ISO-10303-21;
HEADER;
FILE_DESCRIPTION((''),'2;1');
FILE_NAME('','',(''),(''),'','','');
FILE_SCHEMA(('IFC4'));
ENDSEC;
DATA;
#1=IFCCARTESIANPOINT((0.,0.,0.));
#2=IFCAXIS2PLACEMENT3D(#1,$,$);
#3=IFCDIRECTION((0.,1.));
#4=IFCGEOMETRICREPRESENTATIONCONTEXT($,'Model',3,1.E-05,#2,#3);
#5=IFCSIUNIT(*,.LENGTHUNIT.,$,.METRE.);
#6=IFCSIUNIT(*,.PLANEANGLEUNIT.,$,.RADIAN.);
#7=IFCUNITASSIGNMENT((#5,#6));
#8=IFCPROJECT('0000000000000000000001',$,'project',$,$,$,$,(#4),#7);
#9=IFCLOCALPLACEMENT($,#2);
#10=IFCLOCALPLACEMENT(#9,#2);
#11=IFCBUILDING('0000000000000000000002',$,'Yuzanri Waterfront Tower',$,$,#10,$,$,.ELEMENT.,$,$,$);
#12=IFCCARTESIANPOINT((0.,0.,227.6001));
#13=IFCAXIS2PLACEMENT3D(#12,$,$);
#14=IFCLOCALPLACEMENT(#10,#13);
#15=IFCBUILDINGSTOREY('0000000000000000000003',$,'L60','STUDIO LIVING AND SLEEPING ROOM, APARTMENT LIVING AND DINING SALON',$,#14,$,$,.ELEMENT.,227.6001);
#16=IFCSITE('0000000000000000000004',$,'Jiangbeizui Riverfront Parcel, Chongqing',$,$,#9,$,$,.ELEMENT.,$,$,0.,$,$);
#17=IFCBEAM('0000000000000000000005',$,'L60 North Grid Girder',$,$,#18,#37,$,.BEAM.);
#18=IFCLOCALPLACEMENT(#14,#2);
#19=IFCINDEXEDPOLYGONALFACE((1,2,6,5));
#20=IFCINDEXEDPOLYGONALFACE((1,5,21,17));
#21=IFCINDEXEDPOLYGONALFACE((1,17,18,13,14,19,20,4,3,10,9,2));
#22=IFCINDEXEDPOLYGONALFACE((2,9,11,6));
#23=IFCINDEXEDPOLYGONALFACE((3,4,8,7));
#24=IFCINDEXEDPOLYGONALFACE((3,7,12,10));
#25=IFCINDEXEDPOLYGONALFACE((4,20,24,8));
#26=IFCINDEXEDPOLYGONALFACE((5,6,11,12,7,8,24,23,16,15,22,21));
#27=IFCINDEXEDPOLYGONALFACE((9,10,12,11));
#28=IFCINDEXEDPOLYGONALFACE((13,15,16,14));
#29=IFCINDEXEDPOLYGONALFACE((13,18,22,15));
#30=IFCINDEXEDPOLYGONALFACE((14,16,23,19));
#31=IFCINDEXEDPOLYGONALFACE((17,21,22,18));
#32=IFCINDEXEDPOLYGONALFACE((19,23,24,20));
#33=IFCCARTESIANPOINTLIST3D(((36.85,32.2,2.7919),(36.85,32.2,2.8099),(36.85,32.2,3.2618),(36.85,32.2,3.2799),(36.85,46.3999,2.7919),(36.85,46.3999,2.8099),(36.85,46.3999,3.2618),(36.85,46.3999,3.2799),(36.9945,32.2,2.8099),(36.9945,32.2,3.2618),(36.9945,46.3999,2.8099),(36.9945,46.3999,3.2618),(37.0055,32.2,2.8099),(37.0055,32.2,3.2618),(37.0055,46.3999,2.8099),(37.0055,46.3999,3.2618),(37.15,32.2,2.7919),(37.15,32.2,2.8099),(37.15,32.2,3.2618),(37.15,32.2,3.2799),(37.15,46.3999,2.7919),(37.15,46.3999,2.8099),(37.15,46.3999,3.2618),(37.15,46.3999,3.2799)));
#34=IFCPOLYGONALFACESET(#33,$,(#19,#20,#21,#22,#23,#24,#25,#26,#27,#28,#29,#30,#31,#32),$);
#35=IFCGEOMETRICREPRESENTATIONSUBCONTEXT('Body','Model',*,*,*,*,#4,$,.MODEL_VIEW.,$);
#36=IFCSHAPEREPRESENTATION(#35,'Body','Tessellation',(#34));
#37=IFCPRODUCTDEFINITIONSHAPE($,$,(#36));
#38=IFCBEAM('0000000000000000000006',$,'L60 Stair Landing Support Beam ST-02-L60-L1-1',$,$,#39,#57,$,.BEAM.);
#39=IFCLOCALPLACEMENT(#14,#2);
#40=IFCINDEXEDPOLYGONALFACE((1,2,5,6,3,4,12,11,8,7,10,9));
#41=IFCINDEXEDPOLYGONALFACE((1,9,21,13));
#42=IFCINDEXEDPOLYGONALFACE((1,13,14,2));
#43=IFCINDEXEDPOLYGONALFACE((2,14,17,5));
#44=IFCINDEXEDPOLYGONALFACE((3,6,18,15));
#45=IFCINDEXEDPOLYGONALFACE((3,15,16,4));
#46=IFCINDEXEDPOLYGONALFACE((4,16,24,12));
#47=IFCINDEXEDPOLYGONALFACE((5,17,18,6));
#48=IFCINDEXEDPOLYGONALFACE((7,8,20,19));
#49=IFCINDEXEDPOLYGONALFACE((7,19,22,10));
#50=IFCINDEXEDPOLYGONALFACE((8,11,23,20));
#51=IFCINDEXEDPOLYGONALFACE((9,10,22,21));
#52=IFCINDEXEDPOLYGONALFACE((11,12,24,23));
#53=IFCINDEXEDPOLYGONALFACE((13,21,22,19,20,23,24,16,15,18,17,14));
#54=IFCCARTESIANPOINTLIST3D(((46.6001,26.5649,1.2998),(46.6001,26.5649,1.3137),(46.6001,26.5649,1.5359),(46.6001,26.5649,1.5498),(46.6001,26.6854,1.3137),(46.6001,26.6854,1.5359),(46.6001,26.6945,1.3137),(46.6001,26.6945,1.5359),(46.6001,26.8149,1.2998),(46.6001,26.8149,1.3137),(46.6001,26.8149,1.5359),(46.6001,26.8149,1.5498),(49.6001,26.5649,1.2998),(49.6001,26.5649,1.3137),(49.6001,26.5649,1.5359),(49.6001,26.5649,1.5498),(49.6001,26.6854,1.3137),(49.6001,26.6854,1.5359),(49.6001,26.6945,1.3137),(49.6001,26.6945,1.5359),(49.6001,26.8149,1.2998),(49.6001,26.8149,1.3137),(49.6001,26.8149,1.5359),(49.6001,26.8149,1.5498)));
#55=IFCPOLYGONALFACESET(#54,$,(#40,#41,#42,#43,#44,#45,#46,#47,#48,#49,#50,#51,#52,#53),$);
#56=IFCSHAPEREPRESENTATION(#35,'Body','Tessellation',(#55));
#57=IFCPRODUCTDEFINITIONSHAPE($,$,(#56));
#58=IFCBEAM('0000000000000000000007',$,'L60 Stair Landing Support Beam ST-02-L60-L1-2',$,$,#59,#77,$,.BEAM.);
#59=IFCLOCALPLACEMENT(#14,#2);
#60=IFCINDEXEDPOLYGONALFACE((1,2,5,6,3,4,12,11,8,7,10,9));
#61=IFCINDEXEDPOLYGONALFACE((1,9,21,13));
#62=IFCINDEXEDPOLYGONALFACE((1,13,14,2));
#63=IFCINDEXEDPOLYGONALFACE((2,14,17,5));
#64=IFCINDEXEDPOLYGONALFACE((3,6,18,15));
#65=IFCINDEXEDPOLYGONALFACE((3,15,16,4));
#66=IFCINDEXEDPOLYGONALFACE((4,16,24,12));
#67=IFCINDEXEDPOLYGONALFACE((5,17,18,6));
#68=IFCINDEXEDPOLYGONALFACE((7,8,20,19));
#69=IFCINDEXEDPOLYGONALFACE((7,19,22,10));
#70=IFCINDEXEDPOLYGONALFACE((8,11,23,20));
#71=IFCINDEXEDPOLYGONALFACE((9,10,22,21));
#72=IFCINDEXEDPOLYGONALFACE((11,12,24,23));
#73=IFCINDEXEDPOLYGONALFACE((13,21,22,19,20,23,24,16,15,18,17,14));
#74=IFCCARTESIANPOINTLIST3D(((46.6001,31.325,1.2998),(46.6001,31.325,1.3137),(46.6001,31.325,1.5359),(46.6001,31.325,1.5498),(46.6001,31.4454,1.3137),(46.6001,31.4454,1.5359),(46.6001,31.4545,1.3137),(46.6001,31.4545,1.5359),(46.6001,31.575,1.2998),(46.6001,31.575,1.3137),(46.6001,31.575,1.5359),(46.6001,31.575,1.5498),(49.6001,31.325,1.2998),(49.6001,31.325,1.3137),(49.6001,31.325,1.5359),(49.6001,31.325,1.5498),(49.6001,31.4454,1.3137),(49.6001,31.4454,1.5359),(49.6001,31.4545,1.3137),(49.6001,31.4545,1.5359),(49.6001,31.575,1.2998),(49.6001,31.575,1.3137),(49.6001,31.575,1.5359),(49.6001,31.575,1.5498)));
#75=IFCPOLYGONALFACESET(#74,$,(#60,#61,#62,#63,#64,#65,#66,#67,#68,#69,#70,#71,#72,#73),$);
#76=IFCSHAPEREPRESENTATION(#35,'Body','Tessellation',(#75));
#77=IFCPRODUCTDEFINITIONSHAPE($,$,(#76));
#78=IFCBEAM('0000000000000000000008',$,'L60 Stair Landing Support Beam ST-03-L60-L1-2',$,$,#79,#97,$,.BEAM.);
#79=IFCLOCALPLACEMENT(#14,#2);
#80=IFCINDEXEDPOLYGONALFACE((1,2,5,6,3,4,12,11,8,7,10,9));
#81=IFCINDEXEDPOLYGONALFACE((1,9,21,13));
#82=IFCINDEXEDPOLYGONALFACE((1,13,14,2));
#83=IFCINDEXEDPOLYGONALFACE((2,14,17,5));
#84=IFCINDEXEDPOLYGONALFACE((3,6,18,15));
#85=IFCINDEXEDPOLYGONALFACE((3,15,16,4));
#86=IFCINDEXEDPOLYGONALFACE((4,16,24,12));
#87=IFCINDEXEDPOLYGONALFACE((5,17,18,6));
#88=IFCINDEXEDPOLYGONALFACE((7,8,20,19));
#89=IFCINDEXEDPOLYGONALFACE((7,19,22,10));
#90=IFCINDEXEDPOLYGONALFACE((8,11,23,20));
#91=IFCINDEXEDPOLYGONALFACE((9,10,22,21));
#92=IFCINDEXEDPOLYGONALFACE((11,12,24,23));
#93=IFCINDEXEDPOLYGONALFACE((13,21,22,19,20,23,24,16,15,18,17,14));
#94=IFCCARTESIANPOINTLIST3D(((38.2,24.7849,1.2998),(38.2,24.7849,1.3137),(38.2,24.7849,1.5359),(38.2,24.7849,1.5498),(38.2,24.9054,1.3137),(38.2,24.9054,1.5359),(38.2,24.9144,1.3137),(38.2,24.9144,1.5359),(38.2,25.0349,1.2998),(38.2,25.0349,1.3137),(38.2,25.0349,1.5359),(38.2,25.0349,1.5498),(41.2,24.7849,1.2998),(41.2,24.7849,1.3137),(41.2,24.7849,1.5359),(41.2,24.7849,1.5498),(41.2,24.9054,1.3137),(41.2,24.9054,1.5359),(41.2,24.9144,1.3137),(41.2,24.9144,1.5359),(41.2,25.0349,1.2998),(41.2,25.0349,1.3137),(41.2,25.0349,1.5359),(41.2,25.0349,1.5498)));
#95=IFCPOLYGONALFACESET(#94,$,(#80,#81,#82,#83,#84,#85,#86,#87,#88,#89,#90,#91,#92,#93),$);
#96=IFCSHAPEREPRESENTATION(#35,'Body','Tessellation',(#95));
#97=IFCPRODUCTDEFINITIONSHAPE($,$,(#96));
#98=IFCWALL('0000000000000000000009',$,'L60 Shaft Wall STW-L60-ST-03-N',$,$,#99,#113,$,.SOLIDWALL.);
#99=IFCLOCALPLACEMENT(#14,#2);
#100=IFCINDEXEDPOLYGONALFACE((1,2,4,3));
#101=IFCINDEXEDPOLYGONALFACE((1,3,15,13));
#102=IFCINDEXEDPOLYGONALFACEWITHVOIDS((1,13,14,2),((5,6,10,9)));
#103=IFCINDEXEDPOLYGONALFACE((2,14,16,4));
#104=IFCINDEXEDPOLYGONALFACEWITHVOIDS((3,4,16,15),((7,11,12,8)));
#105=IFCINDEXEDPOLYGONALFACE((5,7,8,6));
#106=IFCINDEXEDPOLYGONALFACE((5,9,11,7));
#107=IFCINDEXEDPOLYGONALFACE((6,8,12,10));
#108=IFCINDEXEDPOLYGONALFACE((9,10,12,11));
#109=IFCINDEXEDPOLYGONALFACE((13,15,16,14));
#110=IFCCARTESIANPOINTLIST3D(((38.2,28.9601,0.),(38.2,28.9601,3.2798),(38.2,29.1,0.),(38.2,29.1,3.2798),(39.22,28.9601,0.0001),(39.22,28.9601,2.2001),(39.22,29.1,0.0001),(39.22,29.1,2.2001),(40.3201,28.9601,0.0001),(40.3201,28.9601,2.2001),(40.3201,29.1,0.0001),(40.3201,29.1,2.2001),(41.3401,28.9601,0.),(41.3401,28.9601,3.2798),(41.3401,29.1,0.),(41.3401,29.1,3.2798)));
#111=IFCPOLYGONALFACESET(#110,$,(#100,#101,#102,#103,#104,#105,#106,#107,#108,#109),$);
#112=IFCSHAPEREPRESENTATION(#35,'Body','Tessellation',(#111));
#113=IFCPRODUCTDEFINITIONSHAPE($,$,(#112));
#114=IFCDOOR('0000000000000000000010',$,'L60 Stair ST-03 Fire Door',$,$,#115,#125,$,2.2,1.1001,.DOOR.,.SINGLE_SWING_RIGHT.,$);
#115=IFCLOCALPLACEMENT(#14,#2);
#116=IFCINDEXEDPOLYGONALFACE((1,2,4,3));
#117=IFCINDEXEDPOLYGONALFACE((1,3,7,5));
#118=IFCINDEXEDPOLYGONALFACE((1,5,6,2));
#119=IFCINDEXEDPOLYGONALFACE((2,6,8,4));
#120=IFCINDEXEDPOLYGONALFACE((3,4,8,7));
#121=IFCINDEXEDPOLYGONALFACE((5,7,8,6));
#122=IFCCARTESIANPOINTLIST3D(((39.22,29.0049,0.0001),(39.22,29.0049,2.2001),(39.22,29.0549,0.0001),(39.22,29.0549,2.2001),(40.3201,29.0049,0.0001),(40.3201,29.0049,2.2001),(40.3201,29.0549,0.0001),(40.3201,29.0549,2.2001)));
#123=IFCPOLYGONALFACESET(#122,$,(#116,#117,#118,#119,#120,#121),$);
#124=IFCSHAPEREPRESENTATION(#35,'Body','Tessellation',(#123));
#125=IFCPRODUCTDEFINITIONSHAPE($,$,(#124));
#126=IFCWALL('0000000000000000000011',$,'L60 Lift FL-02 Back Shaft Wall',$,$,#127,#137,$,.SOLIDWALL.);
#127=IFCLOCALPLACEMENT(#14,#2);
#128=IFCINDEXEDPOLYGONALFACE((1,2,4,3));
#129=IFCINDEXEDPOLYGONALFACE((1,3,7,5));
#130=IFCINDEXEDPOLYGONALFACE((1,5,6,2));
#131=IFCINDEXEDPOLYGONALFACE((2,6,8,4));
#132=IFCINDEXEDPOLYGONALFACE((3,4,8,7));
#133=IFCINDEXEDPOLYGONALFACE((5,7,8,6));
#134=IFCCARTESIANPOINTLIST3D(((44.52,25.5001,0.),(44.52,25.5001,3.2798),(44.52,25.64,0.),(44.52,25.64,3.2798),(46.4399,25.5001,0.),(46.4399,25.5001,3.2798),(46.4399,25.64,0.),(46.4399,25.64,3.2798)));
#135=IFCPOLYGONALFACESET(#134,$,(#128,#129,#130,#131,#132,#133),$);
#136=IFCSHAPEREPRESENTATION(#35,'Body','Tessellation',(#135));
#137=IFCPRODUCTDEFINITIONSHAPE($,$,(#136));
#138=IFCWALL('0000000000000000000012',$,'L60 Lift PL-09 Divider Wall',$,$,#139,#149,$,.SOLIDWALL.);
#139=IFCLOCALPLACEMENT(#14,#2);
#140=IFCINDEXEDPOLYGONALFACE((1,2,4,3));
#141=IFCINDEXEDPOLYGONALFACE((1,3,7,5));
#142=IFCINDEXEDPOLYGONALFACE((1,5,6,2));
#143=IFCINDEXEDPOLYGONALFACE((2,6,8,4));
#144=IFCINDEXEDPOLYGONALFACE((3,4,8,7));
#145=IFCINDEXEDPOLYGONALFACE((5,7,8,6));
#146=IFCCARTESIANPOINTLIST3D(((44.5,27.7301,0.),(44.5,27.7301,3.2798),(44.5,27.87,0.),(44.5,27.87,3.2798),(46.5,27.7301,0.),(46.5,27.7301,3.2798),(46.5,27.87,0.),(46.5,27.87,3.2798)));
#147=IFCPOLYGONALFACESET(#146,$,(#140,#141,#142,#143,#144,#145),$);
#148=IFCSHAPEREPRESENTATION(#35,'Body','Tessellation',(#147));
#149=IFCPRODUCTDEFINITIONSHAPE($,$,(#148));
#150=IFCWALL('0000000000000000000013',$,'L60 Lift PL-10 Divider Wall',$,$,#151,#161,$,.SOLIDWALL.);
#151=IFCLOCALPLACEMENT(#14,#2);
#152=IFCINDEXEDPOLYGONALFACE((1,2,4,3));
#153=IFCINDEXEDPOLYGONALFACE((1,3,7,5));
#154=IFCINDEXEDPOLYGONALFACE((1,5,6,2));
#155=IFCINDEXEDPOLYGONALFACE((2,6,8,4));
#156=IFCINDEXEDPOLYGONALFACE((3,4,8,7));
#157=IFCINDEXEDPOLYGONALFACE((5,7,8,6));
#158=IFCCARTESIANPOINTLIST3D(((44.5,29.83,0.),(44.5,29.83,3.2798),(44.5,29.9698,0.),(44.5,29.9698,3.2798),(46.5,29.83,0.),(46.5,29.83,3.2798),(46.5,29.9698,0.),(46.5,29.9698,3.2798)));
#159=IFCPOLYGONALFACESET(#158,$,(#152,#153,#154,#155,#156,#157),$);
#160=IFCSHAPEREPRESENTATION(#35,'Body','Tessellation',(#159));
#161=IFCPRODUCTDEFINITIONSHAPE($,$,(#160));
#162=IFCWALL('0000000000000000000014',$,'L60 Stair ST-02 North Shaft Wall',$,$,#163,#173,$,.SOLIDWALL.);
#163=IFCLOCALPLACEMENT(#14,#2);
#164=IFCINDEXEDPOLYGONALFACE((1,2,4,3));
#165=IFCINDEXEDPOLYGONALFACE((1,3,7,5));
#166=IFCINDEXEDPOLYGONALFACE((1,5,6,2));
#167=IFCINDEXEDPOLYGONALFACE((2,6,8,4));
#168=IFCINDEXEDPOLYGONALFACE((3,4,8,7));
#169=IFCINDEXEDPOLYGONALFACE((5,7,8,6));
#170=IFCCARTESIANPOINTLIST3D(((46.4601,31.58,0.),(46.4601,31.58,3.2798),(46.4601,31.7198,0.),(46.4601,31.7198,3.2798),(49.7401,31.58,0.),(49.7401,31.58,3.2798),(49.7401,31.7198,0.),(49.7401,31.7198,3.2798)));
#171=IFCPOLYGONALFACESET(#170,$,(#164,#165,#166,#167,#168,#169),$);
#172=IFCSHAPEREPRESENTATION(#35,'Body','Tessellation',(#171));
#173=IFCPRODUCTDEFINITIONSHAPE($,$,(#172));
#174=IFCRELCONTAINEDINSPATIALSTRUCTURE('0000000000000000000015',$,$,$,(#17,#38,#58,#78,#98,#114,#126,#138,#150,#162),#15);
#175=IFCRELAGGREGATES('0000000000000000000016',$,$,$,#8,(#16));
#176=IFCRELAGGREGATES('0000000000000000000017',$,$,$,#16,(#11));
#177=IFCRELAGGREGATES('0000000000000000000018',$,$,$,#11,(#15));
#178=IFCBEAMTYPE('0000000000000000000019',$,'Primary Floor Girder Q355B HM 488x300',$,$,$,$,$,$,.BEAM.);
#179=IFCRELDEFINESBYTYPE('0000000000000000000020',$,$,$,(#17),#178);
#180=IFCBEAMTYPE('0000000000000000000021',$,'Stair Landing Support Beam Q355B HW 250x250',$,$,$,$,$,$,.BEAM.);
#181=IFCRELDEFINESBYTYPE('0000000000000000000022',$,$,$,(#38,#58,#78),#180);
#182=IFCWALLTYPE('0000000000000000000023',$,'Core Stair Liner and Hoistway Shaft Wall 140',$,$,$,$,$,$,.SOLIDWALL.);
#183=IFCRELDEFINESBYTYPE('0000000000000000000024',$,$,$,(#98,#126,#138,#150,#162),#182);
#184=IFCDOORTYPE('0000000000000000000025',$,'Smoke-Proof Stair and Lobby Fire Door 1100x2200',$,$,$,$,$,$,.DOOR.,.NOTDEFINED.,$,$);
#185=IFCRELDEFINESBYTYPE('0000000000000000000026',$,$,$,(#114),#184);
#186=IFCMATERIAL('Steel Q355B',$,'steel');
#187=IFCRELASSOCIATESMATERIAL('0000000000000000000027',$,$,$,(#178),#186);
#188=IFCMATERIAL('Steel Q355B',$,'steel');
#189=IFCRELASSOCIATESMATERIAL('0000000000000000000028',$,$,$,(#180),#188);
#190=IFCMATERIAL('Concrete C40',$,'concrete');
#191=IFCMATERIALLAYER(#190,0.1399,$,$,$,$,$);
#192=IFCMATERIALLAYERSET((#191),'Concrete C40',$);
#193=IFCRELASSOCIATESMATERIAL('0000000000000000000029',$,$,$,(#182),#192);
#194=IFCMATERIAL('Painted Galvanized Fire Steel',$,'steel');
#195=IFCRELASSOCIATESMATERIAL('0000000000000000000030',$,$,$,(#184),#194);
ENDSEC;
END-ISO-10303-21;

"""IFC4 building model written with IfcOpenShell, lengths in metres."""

from ifc_helpers import new_model, si_unit, direction, frame, frame_2d, origin, origin_2d, place, context, subcontext, project, spatial, rectangle, i_section, extrude, source, transform, mapped, material, layer, layer_set, material_profile, profile_set, type_object, element, fill, save


model = new_model("IFC4")

# Units and contexts
model_context = context("Model", 3, precision=1e-05, world=origin(), true_north=direction((0.0, 1.0)))
body_context = subcontext(model_context, "Body", "Model", "MODEL_VIEW")
ifc_project = project(units=[si_unit("LENGTHUNIT", "METRE"), si_unit("PLANEANGLEUNIT", "RADIAN")], contexts=[model_context])

# Site, building, storey
site_placement = place(None, origin())
site = spatial("IfcSite", under=ifc_project, at=site_placement, Name="Jiangbeizui Riverfront Parcel, Chongqing", CompositionType="ELEMENT", RefElevation=0.0)
building_placement = place(site_placement, origin())
building = spatial("IfcBuilding", under=site, at=building_placement, Name="Yuzanri Waterfront Tower", CompositionType="ELEMENT")
storey_placement = place(building_placement, frame((0.0, 0.0, 227.6001)))
storey = spatial("IfcBuildingStorey", under=building, at=storey_placement, Name="L60", Description="STUDIO LIVING AND SLEEPING ROOM, APARTMENT LIVING AND DINING SALON", CompositionType="ELEMENT", Elevation=227.6001)

# Beams
ifc_material_1 = material(Name="Steel Q355B", Category="steel")
ifc_material_profile_1 = material_profile(ifc_material_1, i_section(OverallWidth=0.3, OverallDepth=0.488, WebThickness=0.011, FlangeThickness=0.0181, at=origin_2d()), Name="HM 488x300x11x18")
ifc_profile_set_1 = profile_set([ifc_material_profile_1], Name="Steel Q355B")
beam_type_1 = type_object("IfcBeamType", Name="Primary Floor Girder Q355B HM 488x300", PredefinedType="BEAM", material=ifc_profile_set_1)
shared_shape_1 = source(origin(), body_context, "Body", "SweptSolid", [
    extrude(i_section(OverallWidth=0.3, OverallDepth=0.488, WebThickness=0.011, FlangeThickness=0.0181, at=origin_2d()), origin(), (0.0, 0.0, 1.0), 14.2),
])
beam_placement = place(storey_placement, frame((37.0, 32.2, 3.0359), z_axis=(0.0, 1.0, 0.0), x_axis=(-1.0, 0.0, 0.0)))
element("IfcBeam", 1, at=beam_placement, inside=storey, type_object=beam_type_1, Name="L60 North Grid Girder", PredefinedType="BEAM", context=body_context, shape_type="MappedRepresentation", body=[
    mapped(shared_shape_1, transform((0.0, 0.0, 0.0), scale=1.0)),
])
ifc_material_2 = material(Name="Steel Q355B", Category="steel")
ifc_material_profile_2 = material_profile(ifc_material_2, i_section(OverallWidth=0.25, OverallDepth=0.25, WebThickness=0.009, FlangeThickness=0.0139, at=origin_2d()), Name="HW 250x250x9x14")
ifc_profile_set_2 = profile_set([ifc_material_profile_2], Name="Steel Q355B")
beam_type_2 = type_object("IfcBeamType", Name="Stair Landing Support Beam Q355B HW 250x250", PredefinedType="BEAM", material=ifc_profile_set_2)
shared_shape_2 = source(origin(), body_context, "Body", "SweptSolid", [
    extrude(i_section(OverallWidth=0.25, OverallDepth=0.25, WebThickness=0.009, FlangeThickness=0.0139, at=origin_2d()), origin(), (0.0, 0.0, 1.0), 3.0),
])
for number, where, z_axis, x_axis, name in (
    (2, (46.6001, 26.6899, 1.4248), (1.0, 0.0, 0.0), (0.0, 1.0, 0.0), "L60 Stair Landing Support Beam ST-02-L60-L1-1"),
    (3, (46.6001, 31.45, 1.4248), (1.0, 0.0, 0.0), (0.0, 1.0, 0.0), "L60 Stair Landing Support Beam ST-02-L60-L1-2"),
    (4, (38.2, 24.9099, 1.4248), (1.0, 0.0, 0.0), (0.0, 1.0, 0.0), "L60 Stair Landing Support Beam ST-03-L60-L1-2"),
):
    element("IfcBeam", number, at=place(storey_placement, frame(where, z_axis=z_axis, x_axis=x_axis)), inside=storey, type_object=beam_type_2, Name=name, PredefinedType="BEAM", context=body_context, shape_type="MappedRepresentation", body=[
        mapped(shared_shape_2, transform((0.0, 0.0, 0.0), scale=1.0)),
    ])

# Wall, opening, door
ifc_material_3 = material(Name="Concrete C40", Category="concrete")
ifc_layer_1 = layer(ifc_material_3, 0.1399)
ifc_layer_set_1 = layer_set([ifc_layer_1], Name="Concrete C40")
wall_type = type_object("IfcWallType", Name="Core Stair Liner and Hoistway Shaft Wall 140", PredefinedType="SOLIDWALL", material=ifc_layer_set_1)
wall_1_placement = place(storey_placement, frame((38.2, 29.03, 0.0), z_axis=(0.0, 0.0, 1.0), x_axis=(1.0, 0.0, 0.0)))
wall_1 = element("IfcWall", 5, at=wall_1_placement, inside=storey, type_object=wall_type, Name="L60 Shaft Wall STW-L60-ST-03-N", PredefinedType="SOLIDWALL", context=body_context, shape_type="SweptSolid", body=[
    extrude(rectangle(XDim=3.1401, YDim=0.1399, at=frame_2d((1.5701, 0.0))), origin(), (0.0, 0.0, 1.0), 3.2798),
])
opening_placement = place(wall_1_placement, frame((1.02, 0.0, 0.0)))
opening = element("IfcOpeningElement", 6, at=opening_placement, cuts=wall_1, PredefinedType="OPENING", context=body_context, shape_type="SweptSolid", body=[
    extrude(rectangle(XDim=1.1001, YDim=2.2, at=frame_2d((0.55, 1.1001))), frame((0.0, 0.085, 0.0), z_axis=(0.0, -1.0, 0.0), x_axis=(1.0, 0.0, 0.0)), (0.0, 0.0, 1.0), 0.1697),
])
ifc_material_4 = material(Name="Painted Galvanized Fire Steel", Category="steel")
door_type = type_object("IfcDoorType", Name="Smoke-Proof Stair and Lobby Fire Door 1100x2200", OperationType="NOTDEFINED", PredefinedType="DOOR", material=ifc_material_4)
shared_shape_3 = source(origin(), body_context, "Body", "SweptSolid", [
    extrude(rectangle(XDim=1.1001, YDim=2.2, at=frame_2d((0.55, 1.1001))), frame((0.0, 0.0249, 0.0), z_axis=(0.0, -1.0, 0.0), x_axis=(1.0, 0.0, 0.0)), (0.0, 0.0, 1.0), 0.05),
])
door_placement = place(opening_placement, origin())
door = element("IfcDoor", 7, at=door_placement, inside=storey, type_object=door_type, Name="L60 Stair ST-03 Fire Door", OperationType="SINGLE_SWING_RIGHT", OverallHeight=2.2, OverallWidth=1.1001, PredefinedType="DOOR", context=body_context, shape_type="MappedRepresentation", body=[
    mapped(shared_shape_3, transform((0.0, 0.0, 0.0), scale=1.0)),
])
fill(opening, door)

# Walls
shared_shape_4 = source(origin(), body_context, "Body", "SweptSolid", [
    extrude(rectangle(XDim=1.9199, YDim=0.1399, at=frame_2d((0.96, 0.0))), origin(), (0.0, 0.0, 1.0), 3.2798),
])
wall_2_placement = place(storey_placement, frame((44.52, 25.5701, 0.0), z_axis=(0.0, 0.0, 1.0), x_axis=(1.0, 0.0, 0.0)))
element("IfcWall", 8, at=wall_2_placement, inside=storey, type_object=wall_type, Name="L60 Lift FL-02 Back Shaft Wall", PredefinedType="SOLIDWALL", context=body_context, shape_type="MappedRepresentation", body=[
    mapped(shared_shape_4, transform((0.0, 0.0, 0.0), scale=1.0)),
])
shared_shape_5 = source(origin(), body_context, "Body", "SweptSolid", [
    extrude(rectangle(XDim=2.0, YDim=0.1399, at=frame_2d((1.0, 0.0))), origin(), (0.0, 0.0, 1.0), 3.2798),
])
for number, where, z_axis, x_axis, name in (
    (9, (44.5, 27.8, 0.0), (0.0, 0.0, 1.0), (1.0, 0.0, 0.0), "L60 Lift PL-09 Divider Wall"),
    (10, (44.5, 29.8999, 0.0), (0.0, 0.0, 1.0), (1.0, 0.0, 0.0), "L60 Lift PL-10 Divider Wall"),
):
    element("IfcWall", number, at=place(storey_placement, frame(where, z_axis=z_axis, x_axis=x_axis)), inside=storey, type_object=wall_type, Name=name, PredefinedType="SOLIDWALL", context=body_context, shape_type="MappedRepresentation", body=[
        mapped(shared_shape_5, transform((0.0, 0.0, 0.0), scale=1.0)),
    ])
shared_shape_6 = source(origin(), body_context, "Body", "SweptSolid", [
    extrude(rectangle(XDim=3.28, YDim=0.1399, at=frame_2d((1.6401, 0.0))), origin(), (0.0, 0.0, 1.0), 3.2798),
])
wall_3_placement = place(storey_placement, frame((46.46, 31.6499, 0.0), z_axis=(0.0, 0.0, 1.0), x_axis=(1.0, 0.0, 0.0)))
element("IfcWall", 11, at=wall_3_placement, inside=storey, type_object=wall_type, Name="L60 Stair ST-02 North Shaft Wall", PredefinedType="SOLIDWALL", context=body_context, shape_type="MappedRepresentation", body=[
    mapped(shared_shape_6, transform((0.0, 0.0, 0.0), scale=1.0)),
])

save(model, "model.ifc")
